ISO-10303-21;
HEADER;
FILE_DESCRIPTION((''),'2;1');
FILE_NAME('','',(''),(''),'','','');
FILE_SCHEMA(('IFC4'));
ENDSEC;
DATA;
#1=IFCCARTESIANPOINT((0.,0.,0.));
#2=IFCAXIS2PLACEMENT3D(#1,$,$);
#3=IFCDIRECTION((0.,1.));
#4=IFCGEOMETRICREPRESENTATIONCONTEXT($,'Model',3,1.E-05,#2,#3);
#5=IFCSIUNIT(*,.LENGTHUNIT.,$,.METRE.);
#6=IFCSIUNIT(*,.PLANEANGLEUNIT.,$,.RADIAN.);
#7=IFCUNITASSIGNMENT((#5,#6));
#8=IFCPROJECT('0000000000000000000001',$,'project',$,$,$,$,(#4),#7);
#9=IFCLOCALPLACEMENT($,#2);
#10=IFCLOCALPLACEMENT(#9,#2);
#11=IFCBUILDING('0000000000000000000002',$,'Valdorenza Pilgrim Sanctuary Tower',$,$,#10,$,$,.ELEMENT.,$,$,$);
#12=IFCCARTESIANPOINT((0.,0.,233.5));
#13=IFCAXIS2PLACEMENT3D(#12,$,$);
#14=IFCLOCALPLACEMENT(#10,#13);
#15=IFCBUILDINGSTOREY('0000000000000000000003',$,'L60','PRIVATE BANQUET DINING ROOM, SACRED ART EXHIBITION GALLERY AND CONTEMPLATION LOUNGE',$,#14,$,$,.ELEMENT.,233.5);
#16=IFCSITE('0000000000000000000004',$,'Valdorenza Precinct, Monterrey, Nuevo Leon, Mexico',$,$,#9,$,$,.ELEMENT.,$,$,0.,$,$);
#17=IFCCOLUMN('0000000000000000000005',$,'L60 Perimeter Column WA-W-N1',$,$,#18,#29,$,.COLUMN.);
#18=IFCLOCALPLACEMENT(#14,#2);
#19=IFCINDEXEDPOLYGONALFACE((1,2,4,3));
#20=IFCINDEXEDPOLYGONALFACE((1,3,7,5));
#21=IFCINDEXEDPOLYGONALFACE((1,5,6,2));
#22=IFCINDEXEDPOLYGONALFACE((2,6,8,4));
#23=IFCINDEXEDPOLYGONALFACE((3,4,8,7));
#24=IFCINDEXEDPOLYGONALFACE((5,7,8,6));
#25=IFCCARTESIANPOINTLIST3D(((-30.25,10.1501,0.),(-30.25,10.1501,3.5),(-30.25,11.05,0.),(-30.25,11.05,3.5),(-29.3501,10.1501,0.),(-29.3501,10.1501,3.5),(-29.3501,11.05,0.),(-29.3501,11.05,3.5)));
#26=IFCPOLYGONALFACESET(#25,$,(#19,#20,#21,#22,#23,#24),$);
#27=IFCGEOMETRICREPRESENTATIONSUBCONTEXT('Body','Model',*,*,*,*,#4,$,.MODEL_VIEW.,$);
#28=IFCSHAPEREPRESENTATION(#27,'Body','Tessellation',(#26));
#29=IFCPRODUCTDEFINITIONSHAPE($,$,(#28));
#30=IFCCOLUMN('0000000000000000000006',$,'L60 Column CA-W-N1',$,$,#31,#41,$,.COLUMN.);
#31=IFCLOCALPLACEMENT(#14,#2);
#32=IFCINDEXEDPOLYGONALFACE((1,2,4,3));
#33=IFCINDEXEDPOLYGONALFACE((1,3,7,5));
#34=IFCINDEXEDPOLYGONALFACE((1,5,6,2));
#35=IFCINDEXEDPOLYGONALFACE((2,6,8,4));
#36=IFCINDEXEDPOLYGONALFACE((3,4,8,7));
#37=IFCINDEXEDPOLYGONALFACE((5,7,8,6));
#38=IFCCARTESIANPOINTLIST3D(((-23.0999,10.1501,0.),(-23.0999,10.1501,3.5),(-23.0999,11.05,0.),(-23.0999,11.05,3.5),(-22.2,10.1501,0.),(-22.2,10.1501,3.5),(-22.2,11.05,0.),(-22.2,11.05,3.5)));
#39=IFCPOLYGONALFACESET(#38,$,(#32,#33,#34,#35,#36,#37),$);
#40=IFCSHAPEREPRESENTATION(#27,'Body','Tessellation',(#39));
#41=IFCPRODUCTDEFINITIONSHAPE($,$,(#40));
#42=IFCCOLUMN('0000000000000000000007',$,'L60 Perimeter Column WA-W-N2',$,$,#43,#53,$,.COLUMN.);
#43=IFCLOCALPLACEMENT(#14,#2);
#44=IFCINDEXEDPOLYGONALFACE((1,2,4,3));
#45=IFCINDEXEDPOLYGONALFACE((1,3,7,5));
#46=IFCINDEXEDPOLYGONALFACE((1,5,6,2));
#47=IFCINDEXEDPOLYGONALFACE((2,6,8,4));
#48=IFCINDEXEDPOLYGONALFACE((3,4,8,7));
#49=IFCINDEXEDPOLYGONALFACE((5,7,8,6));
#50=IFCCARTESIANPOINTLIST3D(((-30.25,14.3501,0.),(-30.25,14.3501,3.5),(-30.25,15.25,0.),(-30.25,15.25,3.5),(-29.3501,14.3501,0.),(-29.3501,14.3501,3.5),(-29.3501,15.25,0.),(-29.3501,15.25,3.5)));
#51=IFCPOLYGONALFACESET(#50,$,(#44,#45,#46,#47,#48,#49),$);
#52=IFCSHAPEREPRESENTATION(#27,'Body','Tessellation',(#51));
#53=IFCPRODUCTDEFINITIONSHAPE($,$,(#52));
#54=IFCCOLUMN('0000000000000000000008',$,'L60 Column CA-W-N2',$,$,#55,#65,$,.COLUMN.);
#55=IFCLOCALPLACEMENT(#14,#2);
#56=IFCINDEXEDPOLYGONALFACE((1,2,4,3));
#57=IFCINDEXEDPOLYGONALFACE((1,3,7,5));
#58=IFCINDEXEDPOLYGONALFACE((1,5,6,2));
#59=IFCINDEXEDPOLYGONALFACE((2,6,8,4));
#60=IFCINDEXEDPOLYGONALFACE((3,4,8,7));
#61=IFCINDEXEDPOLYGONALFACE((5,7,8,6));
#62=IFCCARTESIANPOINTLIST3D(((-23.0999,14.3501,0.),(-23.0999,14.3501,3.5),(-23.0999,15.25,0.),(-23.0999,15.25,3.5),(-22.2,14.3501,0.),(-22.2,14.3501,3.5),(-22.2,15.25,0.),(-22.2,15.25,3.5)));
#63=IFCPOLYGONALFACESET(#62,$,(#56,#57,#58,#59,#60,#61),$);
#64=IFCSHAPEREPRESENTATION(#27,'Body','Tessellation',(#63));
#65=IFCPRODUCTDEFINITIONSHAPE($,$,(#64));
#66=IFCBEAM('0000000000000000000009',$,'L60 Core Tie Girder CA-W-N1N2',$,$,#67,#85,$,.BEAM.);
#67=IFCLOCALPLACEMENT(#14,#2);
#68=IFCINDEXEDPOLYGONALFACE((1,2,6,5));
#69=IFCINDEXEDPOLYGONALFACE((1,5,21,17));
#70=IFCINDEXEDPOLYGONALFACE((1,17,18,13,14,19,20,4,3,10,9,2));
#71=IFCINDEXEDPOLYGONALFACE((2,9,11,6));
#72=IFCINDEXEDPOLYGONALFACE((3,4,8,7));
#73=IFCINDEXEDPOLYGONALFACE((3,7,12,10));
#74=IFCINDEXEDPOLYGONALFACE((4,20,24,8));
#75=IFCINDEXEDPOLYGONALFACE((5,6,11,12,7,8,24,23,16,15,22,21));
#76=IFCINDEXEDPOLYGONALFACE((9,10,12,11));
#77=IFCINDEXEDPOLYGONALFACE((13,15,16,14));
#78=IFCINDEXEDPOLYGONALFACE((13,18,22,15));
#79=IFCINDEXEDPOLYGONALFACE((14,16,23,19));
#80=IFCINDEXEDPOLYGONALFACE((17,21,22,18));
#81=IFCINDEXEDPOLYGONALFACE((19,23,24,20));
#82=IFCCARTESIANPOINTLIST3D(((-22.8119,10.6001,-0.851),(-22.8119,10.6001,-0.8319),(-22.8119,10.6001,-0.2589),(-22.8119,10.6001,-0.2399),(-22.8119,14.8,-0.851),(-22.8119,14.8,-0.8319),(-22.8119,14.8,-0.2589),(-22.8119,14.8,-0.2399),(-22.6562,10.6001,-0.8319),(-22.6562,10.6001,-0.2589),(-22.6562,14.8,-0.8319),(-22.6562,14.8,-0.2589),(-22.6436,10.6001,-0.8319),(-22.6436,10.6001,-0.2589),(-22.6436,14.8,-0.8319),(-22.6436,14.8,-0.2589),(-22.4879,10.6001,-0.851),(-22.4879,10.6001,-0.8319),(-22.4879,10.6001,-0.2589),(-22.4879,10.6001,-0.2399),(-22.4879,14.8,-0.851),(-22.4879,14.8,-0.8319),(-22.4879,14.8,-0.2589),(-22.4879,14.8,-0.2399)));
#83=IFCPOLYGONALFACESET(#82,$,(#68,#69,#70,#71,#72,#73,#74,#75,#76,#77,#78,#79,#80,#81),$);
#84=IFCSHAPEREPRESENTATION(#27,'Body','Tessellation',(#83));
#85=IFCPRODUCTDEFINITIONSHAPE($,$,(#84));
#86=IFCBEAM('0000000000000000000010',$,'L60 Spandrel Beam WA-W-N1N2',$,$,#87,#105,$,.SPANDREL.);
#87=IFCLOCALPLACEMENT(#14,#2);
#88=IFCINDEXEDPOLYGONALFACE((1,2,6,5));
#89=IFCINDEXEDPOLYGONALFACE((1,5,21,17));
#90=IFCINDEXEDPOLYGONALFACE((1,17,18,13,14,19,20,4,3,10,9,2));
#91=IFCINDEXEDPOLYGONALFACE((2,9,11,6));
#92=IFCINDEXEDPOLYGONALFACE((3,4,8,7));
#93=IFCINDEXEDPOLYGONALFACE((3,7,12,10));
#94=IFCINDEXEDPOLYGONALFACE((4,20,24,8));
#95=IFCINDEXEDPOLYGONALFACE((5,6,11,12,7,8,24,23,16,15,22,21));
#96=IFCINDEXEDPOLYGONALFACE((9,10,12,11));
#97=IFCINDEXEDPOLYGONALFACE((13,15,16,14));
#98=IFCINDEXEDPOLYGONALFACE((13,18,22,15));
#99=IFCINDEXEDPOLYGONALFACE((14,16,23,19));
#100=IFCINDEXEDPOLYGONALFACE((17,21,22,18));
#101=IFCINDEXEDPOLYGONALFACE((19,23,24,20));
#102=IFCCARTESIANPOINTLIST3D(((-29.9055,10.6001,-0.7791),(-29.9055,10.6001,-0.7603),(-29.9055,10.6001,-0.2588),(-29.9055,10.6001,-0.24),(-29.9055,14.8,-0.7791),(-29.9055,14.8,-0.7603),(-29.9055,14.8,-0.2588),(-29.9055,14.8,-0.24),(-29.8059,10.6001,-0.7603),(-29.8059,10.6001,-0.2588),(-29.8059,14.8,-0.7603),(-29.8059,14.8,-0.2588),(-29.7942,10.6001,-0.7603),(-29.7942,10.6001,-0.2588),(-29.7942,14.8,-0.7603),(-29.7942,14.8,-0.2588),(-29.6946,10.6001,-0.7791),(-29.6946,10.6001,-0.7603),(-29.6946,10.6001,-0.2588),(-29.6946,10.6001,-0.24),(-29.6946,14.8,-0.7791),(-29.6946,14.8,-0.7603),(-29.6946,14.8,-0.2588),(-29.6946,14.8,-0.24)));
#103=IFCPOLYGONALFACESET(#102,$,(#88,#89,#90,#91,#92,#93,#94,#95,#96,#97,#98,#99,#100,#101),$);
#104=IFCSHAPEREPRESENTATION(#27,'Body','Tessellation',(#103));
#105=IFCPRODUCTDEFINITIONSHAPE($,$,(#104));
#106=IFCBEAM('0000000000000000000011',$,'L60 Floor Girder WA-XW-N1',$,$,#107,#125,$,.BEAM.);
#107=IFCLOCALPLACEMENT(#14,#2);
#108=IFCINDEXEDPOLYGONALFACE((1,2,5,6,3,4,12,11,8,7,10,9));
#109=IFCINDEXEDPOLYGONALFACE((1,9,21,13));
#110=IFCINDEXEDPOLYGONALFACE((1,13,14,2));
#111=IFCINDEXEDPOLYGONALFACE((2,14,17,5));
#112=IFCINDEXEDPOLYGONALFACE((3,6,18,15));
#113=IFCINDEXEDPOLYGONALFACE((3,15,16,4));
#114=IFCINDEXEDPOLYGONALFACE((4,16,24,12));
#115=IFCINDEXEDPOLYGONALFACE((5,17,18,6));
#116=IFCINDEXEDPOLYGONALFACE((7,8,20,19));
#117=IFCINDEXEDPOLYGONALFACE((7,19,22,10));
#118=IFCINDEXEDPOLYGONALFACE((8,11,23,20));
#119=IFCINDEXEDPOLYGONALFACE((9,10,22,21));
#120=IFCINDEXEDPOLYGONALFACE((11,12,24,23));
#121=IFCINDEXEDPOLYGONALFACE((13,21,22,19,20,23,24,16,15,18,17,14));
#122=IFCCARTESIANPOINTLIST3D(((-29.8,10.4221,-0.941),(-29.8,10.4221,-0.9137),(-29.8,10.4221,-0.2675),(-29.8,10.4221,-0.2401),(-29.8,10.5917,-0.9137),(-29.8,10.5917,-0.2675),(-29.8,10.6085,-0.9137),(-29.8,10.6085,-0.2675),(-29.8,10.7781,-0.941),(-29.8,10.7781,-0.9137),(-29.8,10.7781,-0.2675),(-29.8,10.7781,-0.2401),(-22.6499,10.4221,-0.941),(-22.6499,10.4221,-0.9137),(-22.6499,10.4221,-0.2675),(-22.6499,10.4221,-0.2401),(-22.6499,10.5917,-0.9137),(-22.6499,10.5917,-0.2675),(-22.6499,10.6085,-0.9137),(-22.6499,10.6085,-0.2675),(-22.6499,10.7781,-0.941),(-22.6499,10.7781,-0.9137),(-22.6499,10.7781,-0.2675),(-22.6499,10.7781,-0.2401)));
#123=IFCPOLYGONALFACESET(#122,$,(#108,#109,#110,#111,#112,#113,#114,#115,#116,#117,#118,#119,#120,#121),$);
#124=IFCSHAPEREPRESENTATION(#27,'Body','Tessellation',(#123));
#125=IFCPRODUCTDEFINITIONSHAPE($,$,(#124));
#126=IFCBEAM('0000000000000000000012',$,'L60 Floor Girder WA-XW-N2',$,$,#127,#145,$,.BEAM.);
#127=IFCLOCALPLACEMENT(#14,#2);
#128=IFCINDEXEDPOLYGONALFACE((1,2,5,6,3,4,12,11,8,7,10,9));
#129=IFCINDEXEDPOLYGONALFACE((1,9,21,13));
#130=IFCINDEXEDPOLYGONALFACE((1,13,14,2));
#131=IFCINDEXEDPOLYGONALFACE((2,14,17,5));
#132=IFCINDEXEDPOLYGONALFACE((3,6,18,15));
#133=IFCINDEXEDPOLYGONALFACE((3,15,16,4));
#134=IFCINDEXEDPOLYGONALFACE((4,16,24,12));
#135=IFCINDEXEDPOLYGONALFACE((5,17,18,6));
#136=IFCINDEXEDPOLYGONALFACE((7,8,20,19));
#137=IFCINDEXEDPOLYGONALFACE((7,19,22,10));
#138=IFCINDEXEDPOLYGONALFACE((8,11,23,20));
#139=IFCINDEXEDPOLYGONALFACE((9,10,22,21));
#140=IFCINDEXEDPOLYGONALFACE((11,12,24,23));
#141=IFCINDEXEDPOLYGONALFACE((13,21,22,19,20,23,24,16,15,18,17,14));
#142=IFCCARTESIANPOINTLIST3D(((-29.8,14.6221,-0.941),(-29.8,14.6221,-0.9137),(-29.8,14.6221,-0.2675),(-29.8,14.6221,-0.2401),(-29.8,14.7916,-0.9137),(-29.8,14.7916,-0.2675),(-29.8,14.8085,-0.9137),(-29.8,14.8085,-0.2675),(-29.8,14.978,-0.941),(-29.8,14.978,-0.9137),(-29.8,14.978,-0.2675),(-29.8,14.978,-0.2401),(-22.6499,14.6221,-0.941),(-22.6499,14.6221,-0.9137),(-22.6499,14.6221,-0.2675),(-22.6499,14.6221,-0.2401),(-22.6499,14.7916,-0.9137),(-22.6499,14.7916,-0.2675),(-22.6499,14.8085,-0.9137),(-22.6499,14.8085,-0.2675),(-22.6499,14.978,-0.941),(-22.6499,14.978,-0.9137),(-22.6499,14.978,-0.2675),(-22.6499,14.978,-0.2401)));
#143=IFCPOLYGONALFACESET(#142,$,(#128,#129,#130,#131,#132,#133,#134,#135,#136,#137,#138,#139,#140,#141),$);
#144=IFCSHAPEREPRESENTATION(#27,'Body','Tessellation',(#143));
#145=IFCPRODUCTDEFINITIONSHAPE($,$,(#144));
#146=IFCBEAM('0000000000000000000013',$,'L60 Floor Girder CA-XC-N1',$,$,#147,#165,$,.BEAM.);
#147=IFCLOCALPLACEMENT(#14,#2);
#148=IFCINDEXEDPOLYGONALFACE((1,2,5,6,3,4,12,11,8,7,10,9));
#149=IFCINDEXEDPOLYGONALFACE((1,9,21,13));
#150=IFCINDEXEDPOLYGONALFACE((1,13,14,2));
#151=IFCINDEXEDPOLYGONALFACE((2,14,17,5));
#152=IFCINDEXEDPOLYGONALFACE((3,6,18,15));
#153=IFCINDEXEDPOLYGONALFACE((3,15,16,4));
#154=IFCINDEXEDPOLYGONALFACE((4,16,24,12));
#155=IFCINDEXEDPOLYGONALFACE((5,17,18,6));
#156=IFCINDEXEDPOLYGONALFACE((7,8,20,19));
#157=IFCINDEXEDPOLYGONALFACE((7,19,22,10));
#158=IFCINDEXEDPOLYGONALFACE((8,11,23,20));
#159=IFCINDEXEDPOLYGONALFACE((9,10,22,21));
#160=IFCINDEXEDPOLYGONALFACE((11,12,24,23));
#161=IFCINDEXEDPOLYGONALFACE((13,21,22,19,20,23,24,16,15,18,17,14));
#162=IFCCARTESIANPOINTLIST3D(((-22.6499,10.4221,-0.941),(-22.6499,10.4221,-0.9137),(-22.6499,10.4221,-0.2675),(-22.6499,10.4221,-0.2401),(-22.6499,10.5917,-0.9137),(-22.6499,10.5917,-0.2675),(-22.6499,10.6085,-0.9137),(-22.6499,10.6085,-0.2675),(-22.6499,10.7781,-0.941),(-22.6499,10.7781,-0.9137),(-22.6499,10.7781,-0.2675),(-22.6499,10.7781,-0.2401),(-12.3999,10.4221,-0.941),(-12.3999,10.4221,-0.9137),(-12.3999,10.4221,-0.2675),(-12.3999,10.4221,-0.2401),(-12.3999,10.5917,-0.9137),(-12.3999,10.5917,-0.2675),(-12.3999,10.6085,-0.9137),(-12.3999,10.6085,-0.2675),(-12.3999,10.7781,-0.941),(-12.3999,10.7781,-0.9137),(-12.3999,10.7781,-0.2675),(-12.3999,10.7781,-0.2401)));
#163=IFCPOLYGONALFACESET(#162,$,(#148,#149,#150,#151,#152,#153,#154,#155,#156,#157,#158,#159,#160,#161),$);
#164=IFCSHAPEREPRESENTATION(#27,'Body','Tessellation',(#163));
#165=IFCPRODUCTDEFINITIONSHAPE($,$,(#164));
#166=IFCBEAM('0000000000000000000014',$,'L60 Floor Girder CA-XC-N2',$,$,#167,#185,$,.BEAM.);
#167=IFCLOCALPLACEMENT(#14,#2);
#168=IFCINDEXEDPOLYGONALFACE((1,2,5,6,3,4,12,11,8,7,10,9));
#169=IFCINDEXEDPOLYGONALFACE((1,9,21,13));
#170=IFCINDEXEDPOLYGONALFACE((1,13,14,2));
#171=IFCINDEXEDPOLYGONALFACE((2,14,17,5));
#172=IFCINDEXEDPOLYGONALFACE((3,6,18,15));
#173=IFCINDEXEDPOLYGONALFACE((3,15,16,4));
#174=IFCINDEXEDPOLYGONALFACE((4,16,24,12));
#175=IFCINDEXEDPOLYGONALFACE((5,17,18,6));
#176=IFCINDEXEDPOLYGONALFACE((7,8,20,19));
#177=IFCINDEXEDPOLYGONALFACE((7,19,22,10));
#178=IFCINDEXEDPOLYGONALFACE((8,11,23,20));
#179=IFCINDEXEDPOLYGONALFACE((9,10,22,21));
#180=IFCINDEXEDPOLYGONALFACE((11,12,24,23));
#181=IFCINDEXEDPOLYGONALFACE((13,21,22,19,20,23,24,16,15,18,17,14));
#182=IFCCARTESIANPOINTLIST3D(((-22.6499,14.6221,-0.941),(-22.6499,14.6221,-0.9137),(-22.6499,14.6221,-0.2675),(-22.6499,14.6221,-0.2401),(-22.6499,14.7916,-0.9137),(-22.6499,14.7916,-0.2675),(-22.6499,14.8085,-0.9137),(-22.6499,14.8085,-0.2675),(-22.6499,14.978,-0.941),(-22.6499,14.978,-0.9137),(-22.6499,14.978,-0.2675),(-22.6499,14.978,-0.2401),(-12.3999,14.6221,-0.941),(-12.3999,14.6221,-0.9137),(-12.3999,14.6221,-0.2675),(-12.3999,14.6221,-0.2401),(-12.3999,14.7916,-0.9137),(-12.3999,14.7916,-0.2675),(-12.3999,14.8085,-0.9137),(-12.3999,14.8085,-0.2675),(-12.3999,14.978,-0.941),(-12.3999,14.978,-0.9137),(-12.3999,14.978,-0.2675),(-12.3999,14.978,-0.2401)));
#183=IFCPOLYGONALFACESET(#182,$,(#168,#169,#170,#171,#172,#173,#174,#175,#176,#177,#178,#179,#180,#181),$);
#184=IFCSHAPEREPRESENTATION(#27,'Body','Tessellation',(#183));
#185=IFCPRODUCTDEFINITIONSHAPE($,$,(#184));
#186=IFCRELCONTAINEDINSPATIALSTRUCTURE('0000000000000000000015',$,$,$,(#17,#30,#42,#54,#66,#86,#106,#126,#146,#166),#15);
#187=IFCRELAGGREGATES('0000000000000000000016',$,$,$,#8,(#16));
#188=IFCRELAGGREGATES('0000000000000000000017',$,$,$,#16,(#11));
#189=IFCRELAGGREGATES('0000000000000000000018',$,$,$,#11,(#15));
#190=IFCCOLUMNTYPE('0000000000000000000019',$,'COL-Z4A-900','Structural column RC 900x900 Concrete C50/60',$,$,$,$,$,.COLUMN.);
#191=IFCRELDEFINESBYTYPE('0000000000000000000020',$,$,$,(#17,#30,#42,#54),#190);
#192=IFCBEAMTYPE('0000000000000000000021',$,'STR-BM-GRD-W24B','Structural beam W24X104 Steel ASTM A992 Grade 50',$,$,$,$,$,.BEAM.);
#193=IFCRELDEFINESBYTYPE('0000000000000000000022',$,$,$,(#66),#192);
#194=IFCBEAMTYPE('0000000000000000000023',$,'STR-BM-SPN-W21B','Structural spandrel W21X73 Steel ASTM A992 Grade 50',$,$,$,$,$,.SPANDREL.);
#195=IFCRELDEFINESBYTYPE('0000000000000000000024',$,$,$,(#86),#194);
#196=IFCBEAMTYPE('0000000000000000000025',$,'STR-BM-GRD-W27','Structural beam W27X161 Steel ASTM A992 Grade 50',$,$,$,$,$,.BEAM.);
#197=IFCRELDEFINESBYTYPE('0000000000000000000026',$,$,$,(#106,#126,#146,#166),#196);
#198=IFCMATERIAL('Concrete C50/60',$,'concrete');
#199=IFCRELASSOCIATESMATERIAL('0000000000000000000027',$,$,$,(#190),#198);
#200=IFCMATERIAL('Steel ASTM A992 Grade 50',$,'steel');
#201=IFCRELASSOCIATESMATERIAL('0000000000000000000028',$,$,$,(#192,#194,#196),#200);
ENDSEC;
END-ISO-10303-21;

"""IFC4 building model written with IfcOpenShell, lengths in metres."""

from ifc_helpers import new_model, si_unit, direction, frame, origin, origin_2d, place, context, subcontext, project, spatial, rectangle, i_section, extrude, source, transform, mapped, material, material_profile, profile_set, type_object, element, save


model = new_model("IFC4")

# Units and contexts
model_context = context("Model", 3, precision=1e-05, world=origin(), true_north=direction((0.0, 1.0)))
body_context = subcontext(model_context, "Body", "Model", "MODEL_VIEW")
ifc_project = project(units=[si_unit("LENGTHUNIT", "METRE"), si_unit("PLANEANGLEUNIT", "RADIAN")], contexts=[model_context])

# Site, building, storey
site_placement = place(None, origin())
site = spatial("IfcSite", under=ifc_project, at=site_placement, Name="Valdorenza Precinct, Monterrey, Nuevo Leon, Mexico", CompositionType="ELEMENT", RefElevation=0.0)
building_placement = place(site_placement, origin())
building = spatial("IfcBuilding", under=site, at=building_placement, Name="Valdorenza Pilgrim Sanctuary Tower", CompositionType="ELEMENT")
storey_placement = place(building_placement, frame((0.0, 0.0, 233.5)))
storey = spatial("IfcBuildingStorey", under=building, at=storey_placement, Name="L60", Description="PRIVATE BANQUET DINING ROOM, SACRED ART EXHIBITION GALLERY AND CONTEMPLATION LOUNGE", CompositionType="ELEMENT", Elevation=233.5)

# Columns
ifc_material_1 = material(Name="Concrete C50/60", Category="concrete")
ifc_material_profile_1 = material_profile(ifc_material_1, rectangle(XDim=0.8999, YDim=0.8999, at=origin_2d()), Name="RC 900x900")
ifc_profile_set_1 = profile_set([ifc_material_profile_1], Name="Concrete C50/60")
column_type = type_object("IfcColumnType", Name="COL-Z4A-900", Description="Structural column RC 900x900 Concrete C50/60", PredefinedType="COLUMN", material=ifc_profile_set_1)
shared_shape_1 = source(origin(), body_context, "Body", "SweptSolid", [
    extrude(rectangle(XDim=0.8999, YDim=0.8999, at=origin_2d()), origin(), (0.0, 0.0, 1.0), 3.5),
])
for number, where, z_axis, x_axis, name in (
    (1, (-29.8, 10.6001, 0.0), (0.0, 0.0, 1.0), (1.0, 0.0, 0.0), "L60 Perimeter Column WA-W-N1"),
    (2, (-22.6499, 10.6001, 0.0), (0.0, 0.0, 1.0), (1.0, 0.0, 0.0), "L60 Column CA-W-N1"),
    (3, (-29.8, 14.8, 0.0), (0.0, 0.0, 1.0), (1.0, 0.0, 0.0), "L60 Perimeter Column WA-W-N2"),
    (4, (-22.6499, 14.8, 0.0), (0.0, 0.0, 1.0), (1.0, 0.0, 0.0), "L60 Column CA-W-N2"),
):
    element("IfcColumn", number, at=place(storey_placement, frame(where, z_axis=z_axis, x_axis=x_axis)), inside=storey, type_object=column_type, Name=name, PredefinedType="COLUMN", context=body_context, shape_type="MappedRepresentation", body=[
        mapped(shared_shape_1, transform((0.0, 0.0, 0.0), x_axis=(1.0, 0.0, 0.0), y_axis=(0.0, 1.0, 0.0), z_axis=(0.0, 0.0, 1.0), scale=1.0)),
    ])

# Beams
ifc_material_2 = material(Name="Steel ASTM A992 Grade 50", Category="steel")
ifc_material_profile_2 = material_profile(ifc_material_2, i_section(OverallWidth=0.324, OverallDepth=0.6111, WebThickness=0.0127, FlangeThickness=0.019, at=origin_2d()), Name="W24X104")
ifc_profile_set_2 = profile_set([ifc_material_profile_2], Name="Steel ASTM A992 Grade 50")
beam_type_1 = type_object("IfcBeamType", Name="STR-BM-GRD-W24B", Description="Structural beam W24X104 Steel ASTM A992 Grade 50", PredefinedType="BEAM", material=ifc_profile_set_2)
shared_shape_2 = source(origin(), body_context, "Body", "SweptSolid", [
    extrude(i_section(OverallWidth=0.324, OverallDepth=0.6111, WebThickness=0.0127, FlangeThickness=0.019, at=origin_2d()), origin(), (0.0, 0.0, 1.0), 4.2),
])
beam_1_placement = place(storey_placement, frame((-22.6499, 10.6001, -0.5454), z_axis=(0.0, 1.0, 0.0), x_axis=(-1.0, 0.0, 0.0)))
element("IfcBeam", 5, at=beam_1_placement, inside=storey, type_object=beam_type_1, Name="L60 Core Tie Girder CA-W-N1N2", PredefinedType="BEAM", context=body_context, shape_type="MappedRepresentation", body=[
    mapped(shared_shape_2, transform((0.0, 0.0, 0.0), x_axis=(1.0, 0.0, 0.0), y_axis=(0.0, 1.0, 0.0), z_axis=(0.0, 0.0, 1.0), scale=1.0)),
])
ifc_material_profile_3 = material_profile(ifc_material_2, i_section(OverallWidth=0.2109, OverallDepth=0.5391, WebThickness=0.0117, FlangeThickness=0.0188, at=origin_2d()), Name="W21X73")
ifc_profile_set_3 = profile_set([ifc_material_profile_3], Name="Steel ASTM A992 Grade 50")
beam_type_2 = type_object("IfcBeamType", Name="STR-BM-SPN-W21B", Description="Structural spandrel W21X73 Steel ASTM A992 Grade 50", PredefinedType="SPANDREL", material=ifc_profile_set_3)
shared_shape_3 = source(origin(), body_context, "Body", "SweptSolid", [
    extrude(i_section(OverallWidth=0.2109, OverallDepth=0.5391, WebThickness=0.0117, FlangeThickness=0.0188, at=origin_2d()), origin(), (0.0, 0.0, 1.0), 4.2),
])
beam_2_placement = place(storey_placement, frame((-29.8, 10.6001, -0.5095), z_axis=(0.0, 1.0, 0.0), x_axis=(-1.0, 0.0, 0.0)))
element("IfcBeam", 6, at=beam_2_placement, inside=storey, type_object=beam_type_2, Name="L60 Spandrel Beam WA-W-N1N2", PredefinedType="SPANDREL", context=body_context, shape_type="MappedRepresentation", body=[
    mapped(shared_shape_3, transform((0.0, 0.0, 0.0), x_axis=(1.0, 0.0, 0.0), y_axis=(0.0, 1.0, 0.0), z_axis=(0.0, 0.0, 1.0), scale=1.0)),
])
ifc_material_profile_4 = material_profile(ifc_material_2, i_section(OverallWidth=0.356, OverallDepth=0.7009, WebThickness=0.0168, FlangeThickness=0.0273, at=origin_2d()), Name="W27X161")
ifc_profile_set_4 = profile_set([ifc_material_profile_4], Name="Steel ASTM A992 Grade 50")
beam_type_3 = type_object("IfcBeamType", Name="STR-BM-GRD-W27", Description="Structural beam W27X161 Steel ASTM A992 Grade 50", PredefinedType="BEAM", material=ifc_profile_set_4)
shared_shape_4 = source(origin(), body_context, "Body", "SweptSolid", [
    extrude(i_section(OverallWidth=0.356, OverallDepth=0.7009, WebThickness=0.0168, FlangeThickness=0.0273, at=origin_2d()), origin(), (0.0, 0.0, 1.0), 7.1501),
])
for number, where, z_axis, x_axis, name in (
    (7, (-29.8, 10.6001, -0.5906), (1.0, 0.0, 0.0), (0.0, 1.0, 0.0), "L60 Floor Girder WA-XW-N1"),
    (8, (-29.8, 14.8, -0.5906), (1.0, 0.0, 0.0), (0.0, 1.0, 0.0), "L60 Floor Girder WA-XW-N2"),
):
    element("IfcBeam", number, at=place(storey_placement, frame(where, z_axis=z_axis, x_axis=x_axis)), inside=storey, type_object=beam_type_3, Name=name, PredefinedType="BEAM", context=body_context, shape_type="MappedRepresentation", body=[
        mapped(shared_shape_4, transform((0.0, 0.0, 0.0), x_axis=(1.0, 0.0, 0.0), y_axis=(0.0, 1.0, 0.0), z_axis=(0.0, 0.0, 1.0), scale=1.0)),
    ])
shared_shape_5 = source(origin(), body_context, "Body", "SweptSolid", [
    extrude(i_section(OverallWidth=0.356, OverallDepth=0.7009, WebThickness=0.0168, FlangeThickness=0.0273, at=origin_2d()), origin(), (0.0, 0.0, 1.0), 10.25),
])
for number, where, z_axis, x_axis, name in (
    (9, (-22.6499, 10.6001, -0.5906), (1.0, 0.0, 0.0), (0.0, 1.0, 0.0), "L60 Floor Girder CA-XC-N1"),
    (10, (-22.6499, 14.8, -0.5906), (1.0, 0.0, 0.0), (0.0, 1.0, 0.0), "L60 Floor Girder CA-XC-N2"),
):
    element("IfcBeam", number, at=place(storey_placement, frame(where, z_axis=z_axis, x_axis=x_axis)), inside=storey, type_object=beam_type_3, Name=name, PredefinedType="BEAM", context=body_context, shape_type="MappedRepresentation", body=[
        mapped(shared_shape_5, transform((0.0, 0.0, 0.0), x_axis=(1.0, 0.0, 0.0), y_axis=(0.0, 1.0, 0.0), z_axis=(0.0, 0.0, 1.0), scale=1.0)),
    ])

save(model, "model.ifc")
